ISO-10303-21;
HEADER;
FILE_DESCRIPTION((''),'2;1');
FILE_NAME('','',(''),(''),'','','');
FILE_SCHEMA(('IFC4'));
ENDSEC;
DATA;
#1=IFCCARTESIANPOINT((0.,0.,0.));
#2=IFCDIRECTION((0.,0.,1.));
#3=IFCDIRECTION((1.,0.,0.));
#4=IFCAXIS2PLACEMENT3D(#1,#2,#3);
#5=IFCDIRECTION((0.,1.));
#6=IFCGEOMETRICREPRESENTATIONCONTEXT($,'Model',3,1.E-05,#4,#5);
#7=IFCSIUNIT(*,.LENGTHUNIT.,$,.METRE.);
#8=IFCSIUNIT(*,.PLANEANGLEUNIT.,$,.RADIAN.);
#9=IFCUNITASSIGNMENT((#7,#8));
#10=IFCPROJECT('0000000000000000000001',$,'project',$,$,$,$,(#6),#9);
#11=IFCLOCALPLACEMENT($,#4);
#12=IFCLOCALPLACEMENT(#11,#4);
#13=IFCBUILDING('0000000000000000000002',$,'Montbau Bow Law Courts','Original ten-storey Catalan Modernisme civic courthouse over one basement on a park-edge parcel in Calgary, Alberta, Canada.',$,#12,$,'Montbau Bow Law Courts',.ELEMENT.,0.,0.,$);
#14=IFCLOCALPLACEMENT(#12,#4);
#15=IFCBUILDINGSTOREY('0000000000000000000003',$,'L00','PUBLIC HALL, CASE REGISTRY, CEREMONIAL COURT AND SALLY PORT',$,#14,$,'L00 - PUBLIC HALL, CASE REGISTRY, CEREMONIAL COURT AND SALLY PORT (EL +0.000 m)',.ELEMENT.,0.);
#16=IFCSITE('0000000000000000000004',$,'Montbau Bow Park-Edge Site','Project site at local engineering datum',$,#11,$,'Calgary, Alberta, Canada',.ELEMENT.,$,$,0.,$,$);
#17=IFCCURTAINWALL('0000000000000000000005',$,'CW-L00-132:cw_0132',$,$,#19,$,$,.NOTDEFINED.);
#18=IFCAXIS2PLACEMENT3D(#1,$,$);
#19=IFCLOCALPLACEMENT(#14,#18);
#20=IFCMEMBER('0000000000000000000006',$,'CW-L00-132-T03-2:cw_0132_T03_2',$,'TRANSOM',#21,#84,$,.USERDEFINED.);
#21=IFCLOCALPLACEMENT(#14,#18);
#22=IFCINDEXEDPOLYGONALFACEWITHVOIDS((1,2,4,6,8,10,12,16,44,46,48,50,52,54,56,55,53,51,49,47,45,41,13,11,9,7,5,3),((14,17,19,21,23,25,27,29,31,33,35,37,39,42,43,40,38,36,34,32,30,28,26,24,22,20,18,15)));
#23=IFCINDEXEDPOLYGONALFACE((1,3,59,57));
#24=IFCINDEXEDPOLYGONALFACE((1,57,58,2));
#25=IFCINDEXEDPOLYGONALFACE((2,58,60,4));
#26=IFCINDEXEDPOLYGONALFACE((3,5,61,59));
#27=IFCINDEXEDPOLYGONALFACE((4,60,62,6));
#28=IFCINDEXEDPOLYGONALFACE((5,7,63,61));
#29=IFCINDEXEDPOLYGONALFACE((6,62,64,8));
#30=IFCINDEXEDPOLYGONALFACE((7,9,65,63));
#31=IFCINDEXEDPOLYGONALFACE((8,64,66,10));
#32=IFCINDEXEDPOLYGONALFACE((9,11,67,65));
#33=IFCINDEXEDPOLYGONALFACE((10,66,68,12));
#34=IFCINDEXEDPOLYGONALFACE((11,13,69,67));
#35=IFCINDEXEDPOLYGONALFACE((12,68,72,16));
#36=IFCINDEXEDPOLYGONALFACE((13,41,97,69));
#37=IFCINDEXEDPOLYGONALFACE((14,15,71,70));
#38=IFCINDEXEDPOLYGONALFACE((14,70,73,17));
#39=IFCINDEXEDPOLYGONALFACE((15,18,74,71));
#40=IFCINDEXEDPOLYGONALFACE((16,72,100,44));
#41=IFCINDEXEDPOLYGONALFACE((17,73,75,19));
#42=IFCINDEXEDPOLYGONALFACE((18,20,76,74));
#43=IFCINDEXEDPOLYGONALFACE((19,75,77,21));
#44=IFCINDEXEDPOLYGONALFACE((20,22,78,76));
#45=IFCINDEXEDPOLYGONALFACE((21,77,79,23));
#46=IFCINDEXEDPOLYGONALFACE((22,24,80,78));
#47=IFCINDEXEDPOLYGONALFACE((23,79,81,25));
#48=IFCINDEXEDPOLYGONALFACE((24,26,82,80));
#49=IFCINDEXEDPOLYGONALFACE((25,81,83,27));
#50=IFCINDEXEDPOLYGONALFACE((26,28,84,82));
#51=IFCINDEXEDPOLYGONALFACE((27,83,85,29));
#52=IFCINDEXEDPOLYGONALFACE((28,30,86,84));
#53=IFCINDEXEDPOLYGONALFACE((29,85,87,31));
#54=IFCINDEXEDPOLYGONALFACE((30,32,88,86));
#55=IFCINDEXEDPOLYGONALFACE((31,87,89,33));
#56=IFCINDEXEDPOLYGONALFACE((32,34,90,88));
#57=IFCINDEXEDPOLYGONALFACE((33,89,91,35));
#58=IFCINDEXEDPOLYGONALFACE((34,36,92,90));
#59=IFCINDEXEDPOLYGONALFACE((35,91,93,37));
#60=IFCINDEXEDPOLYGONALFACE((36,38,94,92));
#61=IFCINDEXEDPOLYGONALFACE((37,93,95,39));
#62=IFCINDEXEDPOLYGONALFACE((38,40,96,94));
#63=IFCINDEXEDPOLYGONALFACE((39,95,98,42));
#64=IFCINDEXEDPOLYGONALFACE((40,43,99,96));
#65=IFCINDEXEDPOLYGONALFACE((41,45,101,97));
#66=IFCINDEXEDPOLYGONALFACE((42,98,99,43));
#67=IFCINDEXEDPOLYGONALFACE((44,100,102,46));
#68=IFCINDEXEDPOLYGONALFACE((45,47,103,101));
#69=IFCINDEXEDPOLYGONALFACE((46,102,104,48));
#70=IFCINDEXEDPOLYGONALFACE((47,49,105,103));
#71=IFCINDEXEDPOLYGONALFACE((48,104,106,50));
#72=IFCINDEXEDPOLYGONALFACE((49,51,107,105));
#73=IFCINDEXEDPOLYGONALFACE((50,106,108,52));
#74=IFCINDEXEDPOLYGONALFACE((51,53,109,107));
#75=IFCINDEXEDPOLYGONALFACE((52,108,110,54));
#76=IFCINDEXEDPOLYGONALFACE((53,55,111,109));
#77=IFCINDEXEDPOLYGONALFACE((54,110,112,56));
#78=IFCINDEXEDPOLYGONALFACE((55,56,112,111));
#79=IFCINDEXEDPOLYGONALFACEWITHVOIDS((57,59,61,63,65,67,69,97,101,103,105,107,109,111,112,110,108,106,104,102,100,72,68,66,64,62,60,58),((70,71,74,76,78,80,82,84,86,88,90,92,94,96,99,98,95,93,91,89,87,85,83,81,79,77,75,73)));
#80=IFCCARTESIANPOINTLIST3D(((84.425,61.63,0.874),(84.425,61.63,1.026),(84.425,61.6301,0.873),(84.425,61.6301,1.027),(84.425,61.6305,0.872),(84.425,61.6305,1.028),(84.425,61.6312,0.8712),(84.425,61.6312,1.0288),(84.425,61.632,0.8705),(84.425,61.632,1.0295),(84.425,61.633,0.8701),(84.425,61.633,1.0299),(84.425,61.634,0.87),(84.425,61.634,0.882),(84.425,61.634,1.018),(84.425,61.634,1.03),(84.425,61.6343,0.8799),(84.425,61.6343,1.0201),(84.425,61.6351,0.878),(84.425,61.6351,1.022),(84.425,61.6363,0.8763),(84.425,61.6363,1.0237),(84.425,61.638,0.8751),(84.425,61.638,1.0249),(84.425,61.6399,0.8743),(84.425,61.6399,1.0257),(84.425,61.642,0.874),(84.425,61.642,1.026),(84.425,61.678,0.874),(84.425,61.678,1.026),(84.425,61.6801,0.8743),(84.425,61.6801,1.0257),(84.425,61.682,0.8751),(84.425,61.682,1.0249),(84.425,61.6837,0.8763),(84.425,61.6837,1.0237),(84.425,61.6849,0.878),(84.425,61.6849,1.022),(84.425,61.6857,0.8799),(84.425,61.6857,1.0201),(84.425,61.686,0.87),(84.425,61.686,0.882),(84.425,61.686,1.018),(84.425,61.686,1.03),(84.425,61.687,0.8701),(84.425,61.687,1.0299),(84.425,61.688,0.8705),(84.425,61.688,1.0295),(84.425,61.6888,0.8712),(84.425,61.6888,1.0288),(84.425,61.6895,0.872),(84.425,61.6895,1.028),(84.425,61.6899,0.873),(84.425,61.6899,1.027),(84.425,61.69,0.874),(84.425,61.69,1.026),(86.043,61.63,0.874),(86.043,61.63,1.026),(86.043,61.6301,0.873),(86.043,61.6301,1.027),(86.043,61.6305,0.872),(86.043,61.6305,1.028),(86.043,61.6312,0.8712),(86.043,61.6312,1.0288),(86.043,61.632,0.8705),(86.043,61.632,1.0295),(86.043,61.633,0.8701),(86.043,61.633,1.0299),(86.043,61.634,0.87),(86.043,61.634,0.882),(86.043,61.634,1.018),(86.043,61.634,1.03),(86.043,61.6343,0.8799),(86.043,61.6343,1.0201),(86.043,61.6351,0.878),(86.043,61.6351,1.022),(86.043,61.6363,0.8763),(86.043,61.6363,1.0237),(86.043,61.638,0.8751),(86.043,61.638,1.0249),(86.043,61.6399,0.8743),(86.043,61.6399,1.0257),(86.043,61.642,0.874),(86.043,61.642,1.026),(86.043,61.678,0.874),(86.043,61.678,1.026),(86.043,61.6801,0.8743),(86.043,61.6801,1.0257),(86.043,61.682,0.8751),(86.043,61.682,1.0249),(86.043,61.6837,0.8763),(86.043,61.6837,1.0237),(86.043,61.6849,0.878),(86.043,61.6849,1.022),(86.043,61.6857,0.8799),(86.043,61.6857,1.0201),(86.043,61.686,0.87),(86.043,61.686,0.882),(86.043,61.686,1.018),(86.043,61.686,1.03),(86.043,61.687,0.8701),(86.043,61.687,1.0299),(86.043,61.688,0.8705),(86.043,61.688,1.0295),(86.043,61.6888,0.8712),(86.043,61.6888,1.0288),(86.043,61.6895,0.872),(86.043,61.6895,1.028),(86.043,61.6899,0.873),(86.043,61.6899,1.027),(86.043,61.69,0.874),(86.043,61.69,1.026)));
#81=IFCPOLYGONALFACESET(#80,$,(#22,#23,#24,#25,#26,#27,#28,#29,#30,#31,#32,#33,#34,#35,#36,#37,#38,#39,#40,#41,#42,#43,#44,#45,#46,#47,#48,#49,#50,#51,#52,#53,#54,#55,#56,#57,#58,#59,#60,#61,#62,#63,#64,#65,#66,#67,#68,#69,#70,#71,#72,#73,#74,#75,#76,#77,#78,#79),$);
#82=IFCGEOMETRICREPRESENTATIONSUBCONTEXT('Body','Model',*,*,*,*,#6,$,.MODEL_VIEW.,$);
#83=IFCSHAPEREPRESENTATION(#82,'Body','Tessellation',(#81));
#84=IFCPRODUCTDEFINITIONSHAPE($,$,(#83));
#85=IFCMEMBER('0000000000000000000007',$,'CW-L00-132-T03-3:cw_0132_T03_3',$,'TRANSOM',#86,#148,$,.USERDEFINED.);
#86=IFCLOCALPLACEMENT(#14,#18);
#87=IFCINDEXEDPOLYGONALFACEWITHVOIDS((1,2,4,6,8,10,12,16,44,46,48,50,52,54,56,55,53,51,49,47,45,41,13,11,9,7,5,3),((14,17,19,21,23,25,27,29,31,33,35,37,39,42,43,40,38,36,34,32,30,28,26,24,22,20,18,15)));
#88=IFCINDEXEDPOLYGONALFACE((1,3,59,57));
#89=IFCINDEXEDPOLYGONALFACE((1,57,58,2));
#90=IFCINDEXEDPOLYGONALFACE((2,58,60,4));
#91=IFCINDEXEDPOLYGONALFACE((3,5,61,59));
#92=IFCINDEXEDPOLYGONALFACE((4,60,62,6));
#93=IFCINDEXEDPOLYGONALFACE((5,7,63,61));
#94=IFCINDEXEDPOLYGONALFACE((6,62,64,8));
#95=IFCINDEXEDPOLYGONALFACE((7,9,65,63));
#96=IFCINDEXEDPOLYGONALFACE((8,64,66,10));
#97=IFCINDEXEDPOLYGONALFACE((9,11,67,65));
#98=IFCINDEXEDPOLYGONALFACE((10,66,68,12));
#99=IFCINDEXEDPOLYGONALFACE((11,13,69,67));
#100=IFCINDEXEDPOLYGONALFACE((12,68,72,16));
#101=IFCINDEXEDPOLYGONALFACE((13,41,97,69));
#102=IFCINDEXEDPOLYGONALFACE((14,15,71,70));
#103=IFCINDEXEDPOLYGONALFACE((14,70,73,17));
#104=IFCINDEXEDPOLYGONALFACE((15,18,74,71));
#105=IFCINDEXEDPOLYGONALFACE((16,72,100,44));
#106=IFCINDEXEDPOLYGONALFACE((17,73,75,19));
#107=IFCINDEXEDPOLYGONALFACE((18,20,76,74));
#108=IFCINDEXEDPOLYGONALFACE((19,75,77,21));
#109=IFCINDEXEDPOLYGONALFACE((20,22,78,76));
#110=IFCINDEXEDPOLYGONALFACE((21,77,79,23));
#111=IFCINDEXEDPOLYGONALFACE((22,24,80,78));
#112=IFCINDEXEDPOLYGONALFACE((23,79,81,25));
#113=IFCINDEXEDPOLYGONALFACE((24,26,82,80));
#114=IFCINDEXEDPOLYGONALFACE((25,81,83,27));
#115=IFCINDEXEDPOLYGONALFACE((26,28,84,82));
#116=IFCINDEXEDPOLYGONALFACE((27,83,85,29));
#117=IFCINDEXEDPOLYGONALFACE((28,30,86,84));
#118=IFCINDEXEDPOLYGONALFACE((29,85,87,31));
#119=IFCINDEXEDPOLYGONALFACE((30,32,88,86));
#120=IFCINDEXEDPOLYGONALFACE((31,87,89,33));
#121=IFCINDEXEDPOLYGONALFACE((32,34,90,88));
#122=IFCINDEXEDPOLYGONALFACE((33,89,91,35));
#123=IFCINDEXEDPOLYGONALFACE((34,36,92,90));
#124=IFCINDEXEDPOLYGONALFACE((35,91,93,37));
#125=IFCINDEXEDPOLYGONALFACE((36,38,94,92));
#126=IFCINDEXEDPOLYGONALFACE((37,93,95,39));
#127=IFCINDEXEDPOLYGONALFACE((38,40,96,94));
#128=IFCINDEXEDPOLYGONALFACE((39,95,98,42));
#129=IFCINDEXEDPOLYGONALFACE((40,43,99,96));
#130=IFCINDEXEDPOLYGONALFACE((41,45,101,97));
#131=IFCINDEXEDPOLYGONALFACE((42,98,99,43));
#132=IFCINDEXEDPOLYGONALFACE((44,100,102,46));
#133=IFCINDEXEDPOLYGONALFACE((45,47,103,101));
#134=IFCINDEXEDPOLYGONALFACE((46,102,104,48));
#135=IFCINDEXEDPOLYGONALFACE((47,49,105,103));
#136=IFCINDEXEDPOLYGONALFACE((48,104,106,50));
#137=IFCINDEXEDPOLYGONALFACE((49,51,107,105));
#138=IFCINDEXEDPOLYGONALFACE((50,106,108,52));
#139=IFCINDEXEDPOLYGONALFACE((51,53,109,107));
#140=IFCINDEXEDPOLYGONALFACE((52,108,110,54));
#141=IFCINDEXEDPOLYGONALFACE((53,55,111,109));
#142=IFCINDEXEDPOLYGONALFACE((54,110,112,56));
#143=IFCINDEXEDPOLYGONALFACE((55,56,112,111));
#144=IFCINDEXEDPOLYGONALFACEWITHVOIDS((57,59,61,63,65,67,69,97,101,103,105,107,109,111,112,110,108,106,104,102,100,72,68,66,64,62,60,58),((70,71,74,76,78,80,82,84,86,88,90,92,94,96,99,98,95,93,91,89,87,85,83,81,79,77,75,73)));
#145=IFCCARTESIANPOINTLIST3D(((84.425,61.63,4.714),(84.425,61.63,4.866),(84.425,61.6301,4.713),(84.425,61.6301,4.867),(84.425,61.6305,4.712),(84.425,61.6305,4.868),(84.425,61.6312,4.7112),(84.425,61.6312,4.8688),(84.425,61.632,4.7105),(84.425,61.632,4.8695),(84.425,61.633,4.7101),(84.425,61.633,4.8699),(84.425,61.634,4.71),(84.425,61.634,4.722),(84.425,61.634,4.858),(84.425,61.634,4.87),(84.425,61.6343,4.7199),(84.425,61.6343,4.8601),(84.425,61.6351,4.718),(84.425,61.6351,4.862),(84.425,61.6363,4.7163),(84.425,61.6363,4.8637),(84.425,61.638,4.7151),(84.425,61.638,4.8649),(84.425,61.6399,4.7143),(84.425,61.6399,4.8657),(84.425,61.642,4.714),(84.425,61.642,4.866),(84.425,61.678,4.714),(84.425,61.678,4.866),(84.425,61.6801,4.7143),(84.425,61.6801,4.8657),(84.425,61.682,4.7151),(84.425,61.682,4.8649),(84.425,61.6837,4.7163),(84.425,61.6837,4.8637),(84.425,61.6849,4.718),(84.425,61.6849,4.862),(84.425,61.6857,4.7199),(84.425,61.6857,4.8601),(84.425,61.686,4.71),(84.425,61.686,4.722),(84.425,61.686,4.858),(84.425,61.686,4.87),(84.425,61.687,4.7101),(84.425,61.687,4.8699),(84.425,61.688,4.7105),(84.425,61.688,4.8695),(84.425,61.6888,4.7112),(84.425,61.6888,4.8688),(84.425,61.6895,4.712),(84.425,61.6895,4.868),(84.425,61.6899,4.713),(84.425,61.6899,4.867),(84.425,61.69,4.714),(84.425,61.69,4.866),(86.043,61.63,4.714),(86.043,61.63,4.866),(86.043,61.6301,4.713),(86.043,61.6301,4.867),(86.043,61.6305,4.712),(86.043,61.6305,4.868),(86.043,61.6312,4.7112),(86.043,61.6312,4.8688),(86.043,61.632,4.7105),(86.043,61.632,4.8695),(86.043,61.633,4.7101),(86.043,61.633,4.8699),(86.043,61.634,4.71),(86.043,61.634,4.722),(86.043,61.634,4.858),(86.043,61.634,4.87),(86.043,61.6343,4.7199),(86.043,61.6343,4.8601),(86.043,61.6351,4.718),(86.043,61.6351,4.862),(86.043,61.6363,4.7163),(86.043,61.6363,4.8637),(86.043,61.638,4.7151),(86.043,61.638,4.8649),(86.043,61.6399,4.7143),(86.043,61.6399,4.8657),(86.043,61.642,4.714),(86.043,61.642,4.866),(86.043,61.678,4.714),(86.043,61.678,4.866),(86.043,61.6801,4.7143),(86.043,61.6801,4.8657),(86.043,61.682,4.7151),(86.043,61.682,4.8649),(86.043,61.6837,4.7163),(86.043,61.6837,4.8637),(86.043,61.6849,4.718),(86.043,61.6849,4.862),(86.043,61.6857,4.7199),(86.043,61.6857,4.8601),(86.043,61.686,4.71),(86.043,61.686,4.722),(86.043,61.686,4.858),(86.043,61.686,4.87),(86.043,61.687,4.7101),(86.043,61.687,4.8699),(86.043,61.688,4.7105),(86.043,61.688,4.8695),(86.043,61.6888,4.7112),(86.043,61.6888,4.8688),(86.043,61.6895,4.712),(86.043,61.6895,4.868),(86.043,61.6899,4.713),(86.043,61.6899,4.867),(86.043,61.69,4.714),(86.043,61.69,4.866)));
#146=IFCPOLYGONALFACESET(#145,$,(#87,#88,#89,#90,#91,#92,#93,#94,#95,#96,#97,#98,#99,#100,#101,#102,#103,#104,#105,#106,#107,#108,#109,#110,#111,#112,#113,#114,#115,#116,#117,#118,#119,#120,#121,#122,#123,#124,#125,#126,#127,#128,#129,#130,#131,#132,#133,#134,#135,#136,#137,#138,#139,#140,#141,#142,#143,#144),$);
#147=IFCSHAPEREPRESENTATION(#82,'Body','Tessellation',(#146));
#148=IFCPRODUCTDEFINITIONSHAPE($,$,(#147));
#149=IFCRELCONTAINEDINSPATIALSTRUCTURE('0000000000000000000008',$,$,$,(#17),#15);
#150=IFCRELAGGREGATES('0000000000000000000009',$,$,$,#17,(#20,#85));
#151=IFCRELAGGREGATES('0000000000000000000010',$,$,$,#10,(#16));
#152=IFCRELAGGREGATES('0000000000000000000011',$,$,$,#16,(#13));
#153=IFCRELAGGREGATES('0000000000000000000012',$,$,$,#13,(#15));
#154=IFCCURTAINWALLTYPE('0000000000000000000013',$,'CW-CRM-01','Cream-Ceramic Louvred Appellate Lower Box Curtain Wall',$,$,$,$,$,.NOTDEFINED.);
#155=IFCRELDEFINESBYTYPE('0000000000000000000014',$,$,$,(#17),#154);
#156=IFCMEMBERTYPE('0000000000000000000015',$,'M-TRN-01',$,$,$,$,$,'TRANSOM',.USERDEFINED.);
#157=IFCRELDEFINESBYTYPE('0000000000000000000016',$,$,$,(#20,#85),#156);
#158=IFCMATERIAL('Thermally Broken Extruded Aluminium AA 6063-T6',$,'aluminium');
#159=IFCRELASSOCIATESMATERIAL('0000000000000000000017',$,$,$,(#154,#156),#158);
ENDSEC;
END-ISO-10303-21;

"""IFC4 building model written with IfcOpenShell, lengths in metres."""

from ifc_helpers import new_model, si_unit, direction, frame, origin_with_axes, origin_2d_with_axis, place, context, subcontext, project, spatial, hollow_rectangle, extrude, material, material_profile, profile_set, type_object, element, aggregate, save


model = new_model("IFC4")

# Units and contexts
model_context = context("Model", 3, precision=1e-05, world=origin_with_axes(), true_north=direction((0.0, 1.0)))
body_context = subcontext(model_context, "Body", "Model", "MODEL_VIEW")
ifc_project = project(units=[si_unit("LENGTHUNIT", "METRE"), si_unit("PLANEANGLEUNIT", "RADIAN")], contexts=[model_context])

# Site, building, storey
site_placement = place(None, origin_with_axes())
site = spatial("IfcSite", under=ifc_project, at=site_placement, Name="Montbau Bow Park-Edge Site", Description="Project site at local engineering datum", LongName="Calgary, Alberta, Canada", CompositionType="ELEMENT", RefElevation=0.0)
building_placement = place(site_placement, origin_with_axes())
building = spatial("IfcBuilding", under=site, at=building_placement, Name="Montbau Bow Law Courts", Description="Original ten-storey Catalan Modernisme civic courthouse over one basement on a park-edge parcel in Calgary, Alberta, Canada.", LongName="Montbau Bow Law Courts", CompositionType="ELEMENT", ElevationOfRefHeight=0.0, ElevationOfTerrain=0.0)
storey_placement = place(building_placement, origin_with_axes())
storey = spatial("IfcBuildingStorey", under=building, at=storey_placement, Name="L00", Description="PUBLIC HALL, CASE REGISTRY, CEREMONIAL COURT AND SALLY PORT", LongName="L00 - PUBLIC HALL, CASE REGISTRY, CEREMONIAL COURT AND SALLY PORT (EL +0.000 m)", CompositionType="ELEMENT", Elevation=0.0)

# Curtain wall, members
ifc_material_1 = material(Name="Thermally Broken Extruded Aluminium AA 6063-T6", Category="aluminium")
curtain_wall_type = type_object("IfcCurtainWallType", Name="CW-CRM-01", Description="Cream-Ceramic Louvred Appellate Lower Box Curtain Wall", PredefinedType="NOTDEFINED", material=ifc_material_1)
curtain_wall_1_placement = place(None, frame((80.915, 61.66, 0.0), z_axis=(0.0, 0.0, 1.0), x_axis=(1.0, 0.0, 0.0)))
curtain_wall_1 = element("IfcCurtainWall", 1, at=curtain_wall_1_placement, inside=storey, type_object=curtain_wall_type, Name="CW-L00-132:cw_0132", PredefinedType="NOTDEFINED")
ifc_material_profile_1 = material_profile(ifc_material_1, hollow_rectangle(XDim=0.06, YDim=0.16, WallThickness=0.004, InnerFilletRadius=0.008, OuterFilletRadius=0.004, at=origin_2d_with_axis()), Name="CWT-160X60", Category="Main", Priority=0)
ifc_profile_set_1 = profile_set([ifc_material_profile_1], Name="Thermally Broken Extruded Aluminium AA 6063-T6")
member_type_1 = type_object("IfcMemberType", Name="M-TRN-01", ElementType="TRANSOM", PredefinedType="USERDEFINED", material=ifc_profile_set_1)
member_1_placement = place(None, frame((84.425, 61.66, 0.95), z_axis=(1.0, 0.0, 0.0), x_axis=(0.0, 1.0, 0.0)))
member_1 = element("IfcMember", 2, at=member_1_placement, type_object=member_type_1, Name="CW-L00-132-T03-2:cw_0132_T03_2", ObjectType="TRANSOM", PredefinedType="USERDEFINED", context=body_context, shape_type="SweptSolid", body=[
    extrude(hollow_rectangle(XDim=0.06, YDim=0.16, WallThickness=0.004, InnerFilletRadius=0.008, OuterFilletRadius=0.004, at=origin_2d_with_axis()), origin_with_axes(), (0.0, 0.0, 1.0), 1.618),
])
member_2_placement = place(None, frame((84.425, 61.66, 4.79), z_axis=(1.0, 0.0, 0.0), x_axis=(0.0, 1.0, 0.0)))
member_2 = element("IfcMember", 3, at=member_2_placement, type_object=member_type_1, Name="CW-L00-132-T03-3:cw_0132_T03_3", ObjectType="TRANSOM", PredefinedType="USERDEFINED", context=body_context, shape_type="SweptSolid", body=[
    extrude(hollow_rectangle(XDim=0.06, YDim=0.16, WallThickness=0.004, InnerFilletRadius=0.008, OuterFilletRadius=0.004, at=origin_2d_with_axis()), origin_with_axes(), (0.0, 0.0, 1.0), 1.618),
])

aggregate(curtain_wall_1, [member_1, member_2])

save(model, "model.ifc")
